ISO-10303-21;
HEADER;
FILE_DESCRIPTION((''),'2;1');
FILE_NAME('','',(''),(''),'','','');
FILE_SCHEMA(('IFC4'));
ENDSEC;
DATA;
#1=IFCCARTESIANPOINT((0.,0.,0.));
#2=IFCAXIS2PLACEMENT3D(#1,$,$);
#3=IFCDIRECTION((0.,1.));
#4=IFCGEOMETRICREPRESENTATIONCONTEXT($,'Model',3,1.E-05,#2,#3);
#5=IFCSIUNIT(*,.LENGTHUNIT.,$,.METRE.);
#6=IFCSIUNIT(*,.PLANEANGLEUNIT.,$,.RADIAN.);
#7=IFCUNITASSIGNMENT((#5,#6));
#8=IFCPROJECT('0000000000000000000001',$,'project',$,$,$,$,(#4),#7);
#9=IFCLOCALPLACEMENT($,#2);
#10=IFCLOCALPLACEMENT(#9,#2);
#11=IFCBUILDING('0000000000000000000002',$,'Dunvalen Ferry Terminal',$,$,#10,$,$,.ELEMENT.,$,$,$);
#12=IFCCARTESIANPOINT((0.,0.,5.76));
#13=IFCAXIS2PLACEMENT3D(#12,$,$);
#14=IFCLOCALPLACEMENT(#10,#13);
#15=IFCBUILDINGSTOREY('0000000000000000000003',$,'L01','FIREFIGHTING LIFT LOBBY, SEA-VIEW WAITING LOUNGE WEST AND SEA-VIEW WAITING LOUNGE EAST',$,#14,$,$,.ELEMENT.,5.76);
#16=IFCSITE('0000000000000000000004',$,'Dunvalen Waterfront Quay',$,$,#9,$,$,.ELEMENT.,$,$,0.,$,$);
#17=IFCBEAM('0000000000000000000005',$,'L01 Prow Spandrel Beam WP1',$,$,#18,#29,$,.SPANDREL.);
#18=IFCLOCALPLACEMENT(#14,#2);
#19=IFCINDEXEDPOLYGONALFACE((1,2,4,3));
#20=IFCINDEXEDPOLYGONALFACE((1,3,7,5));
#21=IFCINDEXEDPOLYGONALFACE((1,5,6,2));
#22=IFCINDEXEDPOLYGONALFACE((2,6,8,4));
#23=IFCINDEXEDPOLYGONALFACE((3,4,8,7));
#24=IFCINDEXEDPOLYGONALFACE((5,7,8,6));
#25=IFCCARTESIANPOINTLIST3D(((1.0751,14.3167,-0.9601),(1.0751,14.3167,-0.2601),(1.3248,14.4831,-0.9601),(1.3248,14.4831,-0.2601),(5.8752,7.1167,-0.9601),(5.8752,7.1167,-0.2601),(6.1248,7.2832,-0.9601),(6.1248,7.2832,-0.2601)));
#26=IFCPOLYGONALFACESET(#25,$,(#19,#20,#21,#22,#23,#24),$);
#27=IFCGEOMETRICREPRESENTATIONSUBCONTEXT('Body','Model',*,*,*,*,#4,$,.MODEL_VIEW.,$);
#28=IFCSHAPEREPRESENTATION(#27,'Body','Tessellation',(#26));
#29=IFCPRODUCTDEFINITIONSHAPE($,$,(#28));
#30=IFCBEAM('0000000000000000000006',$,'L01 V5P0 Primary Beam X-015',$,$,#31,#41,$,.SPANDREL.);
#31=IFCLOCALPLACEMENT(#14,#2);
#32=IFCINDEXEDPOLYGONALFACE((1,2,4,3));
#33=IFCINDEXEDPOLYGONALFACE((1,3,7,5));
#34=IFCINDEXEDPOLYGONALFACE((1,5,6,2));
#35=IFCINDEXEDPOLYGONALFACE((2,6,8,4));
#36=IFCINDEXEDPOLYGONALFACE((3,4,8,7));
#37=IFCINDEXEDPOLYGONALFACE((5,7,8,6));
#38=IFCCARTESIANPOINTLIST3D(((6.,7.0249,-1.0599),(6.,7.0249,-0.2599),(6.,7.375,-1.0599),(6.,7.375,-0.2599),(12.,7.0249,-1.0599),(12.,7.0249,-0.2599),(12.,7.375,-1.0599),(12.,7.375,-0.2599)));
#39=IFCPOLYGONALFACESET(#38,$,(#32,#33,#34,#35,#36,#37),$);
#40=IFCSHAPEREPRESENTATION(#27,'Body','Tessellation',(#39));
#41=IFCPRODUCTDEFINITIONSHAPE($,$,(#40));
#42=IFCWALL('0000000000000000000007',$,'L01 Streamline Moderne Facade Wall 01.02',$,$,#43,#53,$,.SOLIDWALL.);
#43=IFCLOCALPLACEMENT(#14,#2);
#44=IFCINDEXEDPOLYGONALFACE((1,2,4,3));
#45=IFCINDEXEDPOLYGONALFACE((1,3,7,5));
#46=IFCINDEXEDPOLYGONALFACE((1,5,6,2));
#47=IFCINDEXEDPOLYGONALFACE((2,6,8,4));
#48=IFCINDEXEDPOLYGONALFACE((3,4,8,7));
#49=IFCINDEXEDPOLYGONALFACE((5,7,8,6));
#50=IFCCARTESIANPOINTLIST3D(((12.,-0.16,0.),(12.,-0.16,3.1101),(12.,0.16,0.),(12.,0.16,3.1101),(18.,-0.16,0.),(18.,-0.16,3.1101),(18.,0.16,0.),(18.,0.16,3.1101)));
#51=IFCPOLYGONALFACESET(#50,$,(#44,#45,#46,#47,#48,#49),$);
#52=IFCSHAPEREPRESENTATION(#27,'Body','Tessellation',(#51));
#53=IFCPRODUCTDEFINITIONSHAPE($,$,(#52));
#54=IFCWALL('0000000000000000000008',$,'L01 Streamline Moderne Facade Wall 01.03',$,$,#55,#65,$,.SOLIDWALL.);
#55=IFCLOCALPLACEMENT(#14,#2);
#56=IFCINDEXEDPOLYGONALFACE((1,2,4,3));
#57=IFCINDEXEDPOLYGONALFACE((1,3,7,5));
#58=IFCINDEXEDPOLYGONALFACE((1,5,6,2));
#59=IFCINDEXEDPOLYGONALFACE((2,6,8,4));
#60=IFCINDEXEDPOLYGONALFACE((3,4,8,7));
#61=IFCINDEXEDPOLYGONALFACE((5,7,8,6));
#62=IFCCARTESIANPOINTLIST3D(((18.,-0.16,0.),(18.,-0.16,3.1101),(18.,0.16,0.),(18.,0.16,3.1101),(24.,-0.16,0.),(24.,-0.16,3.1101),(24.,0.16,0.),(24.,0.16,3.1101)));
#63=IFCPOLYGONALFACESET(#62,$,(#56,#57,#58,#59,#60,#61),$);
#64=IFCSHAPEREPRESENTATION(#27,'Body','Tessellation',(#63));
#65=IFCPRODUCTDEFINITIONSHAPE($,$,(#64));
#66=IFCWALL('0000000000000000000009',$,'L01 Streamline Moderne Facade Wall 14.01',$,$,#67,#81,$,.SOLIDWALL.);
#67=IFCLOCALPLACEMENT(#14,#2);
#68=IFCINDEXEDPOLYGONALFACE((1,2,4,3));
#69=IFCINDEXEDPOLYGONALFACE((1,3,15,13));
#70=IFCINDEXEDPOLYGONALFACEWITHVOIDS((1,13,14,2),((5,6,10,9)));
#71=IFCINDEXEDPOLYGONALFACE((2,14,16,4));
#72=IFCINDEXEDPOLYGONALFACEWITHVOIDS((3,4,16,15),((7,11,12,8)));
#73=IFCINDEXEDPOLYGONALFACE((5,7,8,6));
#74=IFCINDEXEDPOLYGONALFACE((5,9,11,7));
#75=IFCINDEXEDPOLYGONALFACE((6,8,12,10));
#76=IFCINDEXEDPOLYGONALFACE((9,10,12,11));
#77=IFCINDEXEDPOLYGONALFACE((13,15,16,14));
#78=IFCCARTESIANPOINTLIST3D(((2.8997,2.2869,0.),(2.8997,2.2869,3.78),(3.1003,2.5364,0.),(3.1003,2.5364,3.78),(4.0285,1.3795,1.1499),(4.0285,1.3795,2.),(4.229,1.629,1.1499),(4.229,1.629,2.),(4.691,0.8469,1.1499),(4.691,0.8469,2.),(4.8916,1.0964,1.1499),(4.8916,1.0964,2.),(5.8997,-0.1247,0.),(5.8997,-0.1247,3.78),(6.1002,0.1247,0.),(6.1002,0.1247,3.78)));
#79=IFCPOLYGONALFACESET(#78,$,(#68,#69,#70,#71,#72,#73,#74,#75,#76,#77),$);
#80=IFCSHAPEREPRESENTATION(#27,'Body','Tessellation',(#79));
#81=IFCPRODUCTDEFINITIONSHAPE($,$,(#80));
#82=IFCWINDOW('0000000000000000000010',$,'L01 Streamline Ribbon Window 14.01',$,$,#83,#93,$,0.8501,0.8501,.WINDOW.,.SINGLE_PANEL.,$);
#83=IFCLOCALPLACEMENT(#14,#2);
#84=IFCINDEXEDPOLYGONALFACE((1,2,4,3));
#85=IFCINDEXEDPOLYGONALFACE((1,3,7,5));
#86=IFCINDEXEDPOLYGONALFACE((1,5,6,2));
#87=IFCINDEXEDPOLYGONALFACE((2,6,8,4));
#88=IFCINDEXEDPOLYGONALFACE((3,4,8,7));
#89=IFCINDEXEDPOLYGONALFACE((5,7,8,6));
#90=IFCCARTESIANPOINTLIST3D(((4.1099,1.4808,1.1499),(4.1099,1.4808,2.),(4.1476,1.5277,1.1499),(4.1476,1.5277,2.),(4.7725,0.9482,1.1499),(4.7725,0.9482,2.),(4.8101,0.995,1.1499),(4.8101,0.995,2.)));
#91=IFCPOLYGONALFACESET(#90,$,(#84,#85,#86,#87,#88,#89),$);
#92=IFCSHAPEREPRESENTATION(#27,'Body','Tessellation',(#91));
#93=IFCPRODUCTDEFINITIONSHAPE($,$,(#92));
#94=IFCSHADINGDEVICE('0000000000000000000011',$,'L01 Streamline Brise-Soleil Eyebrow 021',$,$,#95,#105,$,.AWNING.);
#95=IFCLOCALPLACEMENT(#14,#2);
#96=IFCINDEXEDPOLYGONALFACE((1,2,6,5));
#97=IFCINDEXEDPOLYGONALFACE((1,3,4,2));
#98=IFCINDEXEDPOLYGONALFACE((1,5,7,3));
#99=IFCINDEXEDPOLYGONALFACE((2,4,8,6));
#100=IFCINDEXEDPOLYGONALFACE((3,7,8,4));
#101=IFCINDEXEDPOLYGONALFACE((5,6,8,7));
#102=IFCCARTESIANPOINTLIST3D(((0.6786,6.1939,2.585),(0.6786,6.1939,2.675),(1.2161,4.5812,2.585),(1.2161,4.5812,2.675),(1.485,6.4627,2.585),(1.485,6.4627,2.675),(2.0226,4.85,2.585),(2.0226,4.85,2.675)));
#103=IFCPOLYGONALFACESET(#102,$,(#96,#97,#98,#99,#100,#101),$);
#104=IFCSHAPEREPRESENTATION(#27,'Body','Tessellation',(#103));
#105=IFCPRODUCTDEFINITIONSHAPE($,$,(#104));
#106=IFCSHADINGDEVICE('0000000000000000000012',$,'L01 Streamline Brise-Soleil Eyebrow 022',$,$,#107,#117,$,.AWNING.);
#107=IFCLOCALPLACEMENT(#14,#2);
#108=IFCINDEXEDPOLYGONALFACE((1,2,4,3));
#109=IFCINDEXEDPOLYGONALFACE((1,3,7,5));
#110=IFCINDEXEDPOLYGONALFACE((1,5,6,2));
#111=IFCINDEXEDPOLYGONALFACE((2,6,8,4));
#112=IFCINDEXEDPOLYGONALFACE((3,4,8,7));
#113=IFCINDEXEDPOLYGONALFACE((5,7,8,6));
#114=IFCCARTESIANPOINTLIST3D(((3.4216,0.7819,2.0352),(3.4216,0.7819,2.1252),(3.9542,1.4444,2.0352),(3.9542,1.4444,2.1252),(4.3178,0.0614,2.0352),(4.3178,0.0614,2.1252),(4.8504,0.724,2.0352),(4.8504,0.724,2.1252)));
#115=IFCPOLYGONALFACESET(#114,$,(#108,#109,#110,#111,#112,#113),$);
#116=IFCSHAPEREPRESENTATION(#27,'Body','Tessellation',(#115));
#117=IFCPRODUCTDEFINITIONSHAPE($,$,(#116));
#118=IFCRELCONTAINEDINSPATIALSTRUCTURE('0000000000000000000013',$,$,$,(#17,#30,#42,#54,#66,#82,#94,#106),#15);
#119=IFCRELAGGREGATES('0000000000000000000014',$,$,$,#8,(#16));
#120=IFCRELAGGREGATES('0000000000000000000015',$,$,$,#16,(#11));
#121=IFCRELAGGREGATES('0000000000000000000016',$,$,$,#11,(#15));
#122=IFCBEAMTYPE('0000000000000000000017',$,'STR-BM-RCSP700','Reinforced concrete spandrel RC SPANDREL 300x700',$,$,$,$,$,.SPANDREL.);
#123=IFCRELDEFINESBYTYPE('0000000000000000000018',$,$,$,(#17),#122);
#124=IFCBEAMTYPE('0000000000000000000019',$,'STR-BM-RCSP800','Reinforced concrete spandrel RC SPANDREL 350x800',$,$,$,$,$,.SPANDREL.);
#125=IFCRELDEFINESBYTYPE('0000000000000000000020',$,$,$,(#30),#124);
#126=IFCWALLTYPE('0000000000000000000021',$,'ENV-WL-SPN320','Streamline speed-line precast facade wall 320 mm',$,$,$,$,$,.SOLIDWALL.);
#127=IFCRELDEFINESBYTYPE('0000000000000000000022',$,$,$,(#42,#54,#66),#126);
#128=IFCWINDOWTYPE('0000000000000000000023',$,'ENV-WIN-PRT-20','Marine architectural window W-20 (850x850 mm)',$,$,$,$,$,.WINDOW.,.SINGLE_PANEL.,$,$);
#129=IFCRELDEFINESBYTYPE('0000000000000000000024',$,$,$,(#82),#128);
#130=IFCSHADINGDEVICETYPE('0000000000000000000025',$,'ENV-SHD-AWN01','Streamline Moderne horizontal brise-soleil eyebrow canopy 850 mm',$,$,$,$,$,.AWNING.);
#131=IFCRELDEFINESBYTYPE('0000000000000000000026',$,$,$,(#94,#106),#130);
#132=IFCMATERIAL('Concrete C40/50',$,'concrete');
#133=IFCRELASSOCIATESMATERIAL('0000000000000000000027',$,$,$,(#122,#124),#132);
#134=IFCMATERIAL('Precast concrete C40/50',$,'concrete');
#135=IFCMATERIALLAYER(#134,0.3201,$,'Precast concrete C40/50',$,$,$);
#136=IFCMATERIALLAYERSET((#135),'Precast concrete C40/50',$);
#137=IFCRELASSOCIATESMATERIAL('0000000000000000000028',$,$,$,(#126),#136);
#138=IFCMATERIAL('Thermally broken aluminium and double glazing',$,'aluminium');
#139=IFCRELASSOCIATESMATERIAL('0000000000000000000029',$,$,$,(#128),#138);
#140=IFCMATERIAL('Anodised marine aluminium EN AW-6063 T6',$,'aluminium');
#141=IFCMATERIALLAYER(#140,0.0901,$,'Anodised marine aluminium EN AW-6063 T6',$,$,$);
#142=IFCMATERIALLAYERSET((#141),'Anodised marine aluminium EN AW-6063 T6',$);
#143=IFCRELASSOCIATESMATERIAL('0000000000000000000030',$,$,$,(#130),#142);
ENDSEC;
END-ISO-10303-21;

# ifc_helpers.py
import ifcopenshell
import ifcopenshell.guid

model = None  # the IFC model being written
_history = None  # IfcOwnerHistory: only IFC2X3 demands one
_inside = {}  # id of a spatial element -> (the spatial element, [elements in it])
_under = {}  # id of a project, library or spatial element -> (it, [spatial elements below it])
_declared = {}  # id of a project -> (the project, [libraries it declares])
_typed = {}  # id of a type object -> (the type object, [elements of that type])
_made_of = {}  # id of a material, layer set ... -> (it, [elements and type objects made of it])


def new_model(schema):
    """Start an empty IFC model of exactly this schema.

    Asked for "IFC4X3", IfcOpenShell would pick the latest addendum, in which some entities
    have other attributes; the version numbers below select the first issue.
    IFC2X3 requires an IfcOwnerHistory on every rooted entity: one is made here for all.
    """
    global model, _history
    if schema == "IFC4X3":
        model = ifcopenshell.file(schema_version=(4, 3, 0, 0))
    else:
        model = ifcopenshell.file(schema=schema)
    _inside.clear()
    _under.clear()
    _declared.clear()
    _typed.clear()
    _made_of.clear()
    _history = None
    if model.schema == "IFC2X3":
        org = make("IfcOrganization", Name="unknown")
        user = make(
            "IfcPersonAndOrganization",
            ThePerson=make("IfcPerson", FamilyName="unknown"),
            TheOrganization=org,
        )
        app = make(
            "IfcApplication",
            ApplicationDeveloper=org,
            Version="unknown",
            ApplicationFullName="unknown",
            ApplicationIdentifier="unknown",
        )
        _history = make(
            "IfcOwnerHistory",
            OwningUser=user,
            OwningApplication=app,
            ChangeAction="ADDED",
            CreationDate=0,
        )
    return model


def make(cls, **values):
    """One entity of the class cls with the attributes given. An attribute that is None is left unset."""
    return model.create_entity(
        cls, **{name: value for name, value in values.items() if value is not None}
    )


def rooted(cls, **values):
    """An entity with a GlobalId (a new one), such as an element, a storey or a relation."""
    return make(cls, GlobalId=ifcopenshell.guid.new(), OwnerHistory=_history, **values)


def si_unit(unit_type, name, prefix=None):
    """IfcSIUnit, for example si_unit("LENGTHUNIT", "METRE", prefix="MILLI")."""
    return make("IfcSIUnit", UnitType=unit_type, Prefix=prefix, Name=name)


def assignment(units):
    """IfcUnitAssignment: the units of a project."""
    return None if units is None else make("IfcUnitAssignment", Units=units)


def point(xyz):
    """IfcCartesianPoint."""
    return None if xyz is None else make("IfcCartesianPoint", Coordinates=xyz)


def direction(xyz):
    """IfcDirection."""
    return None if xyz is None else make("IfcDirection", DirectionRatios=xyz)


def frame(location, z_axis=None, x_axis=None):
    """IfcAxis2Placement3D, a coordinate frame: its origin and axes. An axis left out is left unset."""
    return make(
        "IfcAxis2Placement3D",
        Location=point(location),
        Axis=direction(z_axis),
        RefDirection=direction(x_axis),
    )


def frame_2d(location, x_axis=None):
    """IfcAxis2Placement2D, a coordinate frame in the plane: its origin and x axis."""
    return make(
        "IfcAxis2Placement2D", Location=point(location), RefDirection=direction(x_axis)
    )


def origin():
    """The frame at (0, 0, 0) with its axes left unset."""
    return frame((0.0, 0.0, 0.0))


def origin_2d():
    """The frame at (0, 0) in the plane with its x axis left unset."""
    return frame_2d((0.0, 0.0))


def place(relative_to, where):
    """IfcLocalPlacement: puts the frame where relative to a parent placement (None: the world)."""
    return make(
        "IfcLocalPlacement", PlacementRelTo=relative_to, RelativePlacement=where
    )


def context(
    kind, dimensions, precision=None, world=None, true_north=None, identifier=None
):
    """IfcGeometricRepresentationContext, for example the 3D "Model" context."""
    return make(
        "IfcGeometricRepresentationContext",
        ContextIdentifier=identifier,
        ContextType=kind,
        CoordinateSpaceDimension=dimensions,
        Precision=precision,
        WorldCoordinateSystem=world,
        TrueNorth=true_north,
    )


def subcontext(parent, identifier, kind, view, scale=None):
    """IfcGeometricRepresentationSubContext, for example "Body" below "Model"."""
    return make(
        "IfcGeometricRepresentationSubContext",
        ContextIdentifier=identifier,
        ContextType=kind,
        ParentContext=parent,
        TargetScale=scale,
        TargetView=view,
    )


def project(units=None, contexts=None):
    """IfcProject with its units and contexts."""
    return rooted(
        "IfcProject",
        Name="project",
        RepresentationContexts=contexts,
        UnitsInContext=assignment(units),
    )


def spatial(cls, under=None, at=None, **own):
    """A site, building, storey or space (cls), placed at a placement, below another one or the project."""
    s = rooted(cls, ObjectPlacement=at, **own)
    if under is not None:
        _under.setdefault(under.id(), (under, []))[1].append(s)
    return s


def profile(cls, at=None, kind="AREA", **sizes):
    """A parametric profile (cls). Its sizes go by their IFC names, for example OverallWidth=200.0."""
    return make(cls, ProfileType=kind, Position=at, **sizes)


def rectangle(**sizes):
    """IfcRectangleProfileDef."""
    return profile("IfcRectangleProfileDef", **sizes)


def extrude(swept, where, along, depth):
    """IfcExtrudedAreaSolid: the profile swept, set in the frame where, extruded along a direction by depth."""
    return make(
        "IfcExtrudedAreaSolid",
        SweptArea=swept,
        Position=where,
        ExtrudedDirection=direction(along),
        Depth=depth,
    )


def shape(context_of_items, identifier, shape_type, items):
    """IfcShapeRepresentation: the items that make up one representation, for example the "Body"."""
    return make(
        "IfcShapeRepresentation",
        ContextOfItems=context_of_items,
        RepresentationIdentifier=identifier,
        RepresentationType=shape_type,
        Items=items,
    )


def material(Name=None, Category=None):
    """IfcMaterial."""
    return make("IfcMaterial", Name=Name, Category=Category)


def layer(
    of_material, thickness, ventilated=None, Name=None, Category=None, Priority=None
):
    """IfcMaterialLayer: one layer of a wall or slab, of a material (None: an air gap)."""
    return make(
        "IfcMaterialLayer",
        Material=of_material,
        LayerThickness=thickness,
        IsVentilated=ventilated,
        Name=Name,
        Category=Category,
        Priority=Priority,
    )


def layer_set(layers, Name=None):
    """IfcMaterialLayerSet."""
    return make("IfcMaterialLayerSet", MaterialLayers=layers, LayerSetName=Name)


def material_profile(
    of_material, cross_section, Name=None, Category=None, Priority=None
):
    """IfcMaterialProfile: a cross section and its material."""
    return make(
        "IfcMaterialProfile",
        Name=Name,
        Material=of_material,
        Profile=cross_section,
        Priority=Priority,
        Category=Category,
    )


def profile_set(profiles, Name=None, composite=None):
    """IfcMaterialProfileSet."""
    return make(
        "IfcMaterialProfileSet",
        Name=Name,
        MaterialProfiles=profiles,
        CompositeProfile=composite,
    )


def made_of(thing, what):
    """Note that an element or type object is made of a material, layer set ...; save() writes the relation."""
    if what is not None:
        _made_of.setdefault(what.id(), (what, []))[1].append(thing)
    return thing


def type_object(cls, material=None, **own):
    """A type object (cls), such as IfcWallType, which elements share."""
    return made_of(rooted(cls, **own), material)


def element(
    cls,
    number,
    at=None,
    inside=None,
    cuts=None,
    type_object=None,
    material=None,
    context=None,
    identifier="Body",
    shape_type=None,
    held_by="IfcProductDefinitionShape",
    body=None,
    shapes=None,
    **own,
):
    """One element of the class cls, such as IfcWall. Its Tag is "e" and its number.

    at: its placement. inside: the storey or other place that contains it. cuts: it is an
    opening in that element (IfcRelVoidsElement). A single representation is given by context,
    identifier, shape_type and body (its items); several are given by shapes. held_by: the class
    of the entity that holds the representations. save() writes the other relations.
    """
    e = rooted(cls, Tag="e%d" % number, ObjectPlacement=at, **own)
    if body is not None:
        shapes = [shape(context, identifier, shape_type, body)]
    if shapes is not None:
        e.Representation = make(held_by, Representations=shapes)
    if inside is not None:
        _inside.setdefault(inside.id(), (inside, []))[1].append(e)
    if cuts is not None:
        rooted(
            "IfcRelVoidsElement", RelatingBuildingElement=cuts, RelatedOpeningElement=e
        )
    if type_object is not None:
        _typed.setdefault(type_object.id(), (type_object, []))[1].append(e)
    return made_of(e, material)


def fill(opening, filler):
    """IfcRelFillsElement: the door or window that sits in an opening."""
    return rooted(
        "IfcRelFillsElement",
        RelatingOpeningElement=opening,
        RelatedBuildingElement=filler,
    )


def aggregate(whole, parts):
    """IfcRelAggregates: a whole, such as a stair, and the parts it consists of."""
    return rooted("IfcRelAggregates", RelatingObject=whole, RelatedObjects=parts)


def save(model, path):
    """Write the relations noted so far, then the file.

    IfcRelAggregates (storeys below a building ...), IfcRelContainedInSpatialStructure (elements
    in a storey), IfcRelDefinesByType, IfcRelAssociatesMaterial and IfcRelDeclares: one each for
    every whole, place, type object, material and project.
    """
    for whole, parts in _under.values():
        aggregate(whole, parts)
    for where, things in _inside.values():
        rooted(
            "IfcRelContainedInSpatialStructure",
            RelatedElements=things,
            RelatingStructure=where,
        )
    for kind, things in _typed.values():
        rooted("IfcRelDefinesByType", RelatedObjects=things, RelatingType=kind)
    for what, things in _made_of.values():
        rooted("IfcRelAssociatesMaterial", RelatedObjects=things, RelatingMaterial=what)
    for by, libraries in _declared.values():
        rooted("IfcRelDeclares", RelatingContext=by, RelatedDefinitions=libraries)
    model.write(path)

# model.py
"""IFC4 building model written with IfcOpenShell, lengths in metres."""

from ifc_helpers import new_model, si_unit, direction, frame, frame_2d, origin, origin_2d, place, context, subcontext, project, spatial, rectangle, extrude, material, layer, layer_set, material_profile, profile_set, type_object, element, fill, save


model = new_model("IFC4")

# Units and contexts
model_context = context("Model", 3, precision=1e-05, world=origin(), true_north=direction((0.0, 1.0)))
body_context = subcontext(model_context, "Body", "Model", "MODEL_VIEW")
ifc_project = project(units=[si_unit("LENGTHUNIT", "METRE"), si_unit("PLANEANGLEUNIT", "RADIAN")], contexts=[model_context])

# Site, building, storey
site_placement = place(None, origin())
site = spatial("IfcSite", under=ifc_project, at=site_placement, Name="Dunvalen Waterfront Quay", CompositionType="ELEMENT", RefElevation=0.0)
building_placement = place(site_placement, origin())
building = spatial("IfcBuilding", under=site, at=building_placement, Name="Dunvalen Ferry Terminal", CompositionType="ELEMENT")
storey_placement = place(building_placement, frame((0.0, 0.0, 5.76)))
storey = spatial("IfcBuildingStorey", under=building, at=storey_placement, Name="L01", Description="FIREFIGHTING LIFT LOBBY, SEA-VIEW WAITING LOUNGE WEST AND SEA-VIEW WAITING LOUNGE EAST", CompositionType="ELEMENT", Elevation=5.76)

# Shared definitions
ifc_material_1 = material(Name="Concrete C40/50", Category="concrete")

# Beams
ifc_material_profile_1 = material_profile(ifc_material_1, rectangle(XDim=0.3, YDim=0.7, at=origin_2d()), Name="Concrete C40/50")
ifc_profile_set_1 = profile_set([ifc_material_profile_1], Name="Concrete C40/50")
beam_type_1 = type_object("IfcBeamType", Name="STR-BM-RCSP700", Description="Reinforced concrete spandrel RC SPANDREL 300x700", PredefinedType="SPANDREL", material=ifc_profile_set_1)
beam_1_placement = place(storey_placement, frame((6.0, 7.2, -0.6101), z_axis=(-0.554707, 0.832046, 0.0), x_axis=(-0.832046, -0.554707, 0.0)))
element("IfcBeam", 1, at=beam_1_placement, inside=storey, type_object=beam_type_1, Name="L01 Prow Spandrel Beam WP1", PredefinedType="SPANDREL", context=body_context, shape_type="SweptSolid", body=[
    extrude(rectangle(XDim=0.3, YDim=0.7, at=origin_2d()), origin(), (0.0, 0.0, 1.0), 8.6533),
])
ifc_material_profile_2 = material_profile(ifc_material_1, rectangle(XDim=0.3501, YDim=0.8, at=origin_2d()), Name="Concrete C40/50")
ifc_profile_set_2 = profile_set([ifc_material_profile_2], Name="Concrete C40/50")
beam_type_2 = type_object("IfcBeamType", Name="STR-BM-RCSP800", Description="Reinforced concrete spandrel RC SPANDREL 350x800", PredefinedType="SPANDREL", material=ifc_profile_set_2)
beam_2_placement = place(storey_placement, frame((6.0, 7.2, -0.6599), z_axis=(1.0, 0.0, 0.0), x_axis=(0.0, 1.0, 0.0)))
element("IfcBeam", 2, at=beam_2_placement, inside=storey, type_object=beam_type_2, Name="L01 V5P0 Primary Beam X-015", PredefinedType="SPANDREL", context=body_context, shape_type="SweptSolid", body=[
    extrude(rectangle(XDim=0.3501, YDim=0.8, at=origin_2d()), origin(), (0.0, 0.0, 1.0), 6.0),
])

# Walls
ifc_material_2 = material(Name="Precast concrete C40/50", Category="concrete")
ifc_layer_1 = layer(ifc_material_2, 0.3201, Name="Precast concrete C40/50")
ifc_layer_set_1 = layer_set([ifc_layer_1], Name="Precast concrete C40/50")
wall_type = type_object("IfcWallType", Name="ENV-WL-SPN320", Description="Streamline speed-line precast facade wall 320 mm", PredefinedType="SOLIDWALL", material=ifc_layer_set_1)
for number, where, z_axis, x_axis, name in (
    (3, (12.0, 0.0, 0.0), (0.0, 0.0, 1.0), (1.0, 0.0, 0.0), "L01 Streamline Moderne Facade Wall 01.02"),
    (4, (18.0, 0.0, 0.0), (0.0, 0.0, 1.0), (1.0, 0.0, 0.0), "L01 Streamline Moderne Facade Wall 01.03"),
):
    element("IfcWall", number, at=place(storey_placement, frame(where, z_axis=z_axis, x_axis=x_axis)), inside=storey, type_object=wall_type, Name=name, PredefinedType="SOLIDWALL", context=body_context, shape_type="SweptSolid", body=[
        extrude(rectangle(XDim=6.0, YDim=0.3201, at=frame_2d((3.0, 0.0))), origin(), (0.0, 0.0, 1.0), 3.1101),
    ])

# Wall, opening, window
wall_placement = place(storey_placement, frame((3.0, 2.4116, 0.0), z_axis=(0.0, 0.0, 1.0), x_axis=(0.779394, -0.626534, 0.0)))
wall = element("IfcWall", 5, at=wall_placement, inside=storey, type_object=wall_type, Name="L01 Streamline Moderne Facade Wall 14.01", PredefinedType="SOLIDWALL", context=body_context, shape_type="SweptSolid", body=[
    extrude(rectangle(XDim=3.8491, YDim=0.3201, at=frame_2d((1.9246, 0.0))), origin(), (0.0, 0.0, 1.0), 3.78),
])
opening_placement = place(wall_placement, frame((1.4482, 0.0, 1.1499)))
opening = element("IfcOpeningElement", 6, at=opening_placement, cuts=wall, PredefinedType="OPENING", context=body_context, shape_type="SweptSolid", body=[
    extrude(rectangle(XDim=0.8501, YDim=0.8501, at=frame_2d((0.425, 0.425))), frame((0.0, 0.1699, 0.0), z_axis=(0.0, -1.0, 0.0), x_axis=(1.0, 0.0, 0.0)), (0.0, 0.0, 1.0), 0.3401),
])
ifc_material_3 = material(Name="Thermally broken aluminium and double glazing", Category="aluminium")
window_type = type_object("IfcWindowType", Name="ENV-WIN-PRT-20", Description="Marine architectural window W-20 (850x850 mm)", PartitioningType="SINGLE_PANEL", PredefinedType="WINDOW", material=ifc_material_3)
window_placement = place(opening_placement, origin())
window = element("IfcWindow", 7, at=window_placement, inside=storey, type_object=window_type, Name="L01 Streamline Ribbon Window 14.01", OverallHeight=0.8501, OverallWidth=0.8501, PartitioningType="SINGLE_PANEL", PredefinedType="WINDOW", context=body_context, shape_type="SweptSolid", body=[
    extrude(rectangle(XDim=0.8501, YDim=0.8501, at=frame_2d((0.425, 0.425))), frame((0.0, 0.03, 0.0), z_axis=(0.0, -1.0, 0.0), x_axis=(1.0, 0.0, 0.0)), (0.0, 0.0, 1.0), 0.0601),
])
fill(opening, window)

# Shading devices
ifc_material_4 = material(Name="Anodised marine aluminium EN AW-6063 T6", Category="aluminium")
ifc_layer_2 = layer(ifc_material_4, 0.0901, Name="Anodised marine aluminium EN AW-6063 T6")
ifc_layer_set_2 = layer_set([ifc_layer_2], Name="Anodised marine aluminium EN AW-6063 T6")
shading_device_type = type_object("IfcShadingDeviceType", Name="ENV-SHD-AWN01", Description="Streamline Moderne horizontal brise-soleil eyebrow canopy 850 mm", PredefinedType="AWNING", material=ifc_layer_set_2)
shading_device_1_placement = place(storey_placement, frame((1.3506, 5.522, 2.585), z_axis=(0.0, 0.0, 1.0), x_axis=(0.316232, -0.948682, 0.0)))
element("IfcShadingDevice", 8, at=shading_device_1_placement, inside=storey, type_object=shading_device_type, Name="L01 Streamline Brise-Soleil Eyebrow 021", PredefinedType="AWNING", context=body_context, shape_type="SweptSolid", body=[
    extrude(rectangle(XDim=1.7, YDim=0.8501, at=origin_2d()), origin(), (0.0, 0.0, 1.0), 0.0901),
])
shading_device_2_placement = place(storey_placement, frame((4.136, 0.7529, 2.0352), z_axis=(0.0, 0.0, 1.0), x_axis=(0.779409, -0.626515, 0.0)))
element("IfcShadingDevice", 9, at=shading_device_2_placement, inside=storey, type_object=shading_device_type, Name="L01 Streamline Brise-Soleil Eyebrow 022", PredefinedType="AWNING", context=body_context, shape_type="SweptSolid", body=[
    extrude(rectangle(XDim=1.1499, YDim=0.8501, at=origin_2d()), origin(), (0.0, 0.0, 1.0), 0.0901),
])

save(model, "model.ifc")
